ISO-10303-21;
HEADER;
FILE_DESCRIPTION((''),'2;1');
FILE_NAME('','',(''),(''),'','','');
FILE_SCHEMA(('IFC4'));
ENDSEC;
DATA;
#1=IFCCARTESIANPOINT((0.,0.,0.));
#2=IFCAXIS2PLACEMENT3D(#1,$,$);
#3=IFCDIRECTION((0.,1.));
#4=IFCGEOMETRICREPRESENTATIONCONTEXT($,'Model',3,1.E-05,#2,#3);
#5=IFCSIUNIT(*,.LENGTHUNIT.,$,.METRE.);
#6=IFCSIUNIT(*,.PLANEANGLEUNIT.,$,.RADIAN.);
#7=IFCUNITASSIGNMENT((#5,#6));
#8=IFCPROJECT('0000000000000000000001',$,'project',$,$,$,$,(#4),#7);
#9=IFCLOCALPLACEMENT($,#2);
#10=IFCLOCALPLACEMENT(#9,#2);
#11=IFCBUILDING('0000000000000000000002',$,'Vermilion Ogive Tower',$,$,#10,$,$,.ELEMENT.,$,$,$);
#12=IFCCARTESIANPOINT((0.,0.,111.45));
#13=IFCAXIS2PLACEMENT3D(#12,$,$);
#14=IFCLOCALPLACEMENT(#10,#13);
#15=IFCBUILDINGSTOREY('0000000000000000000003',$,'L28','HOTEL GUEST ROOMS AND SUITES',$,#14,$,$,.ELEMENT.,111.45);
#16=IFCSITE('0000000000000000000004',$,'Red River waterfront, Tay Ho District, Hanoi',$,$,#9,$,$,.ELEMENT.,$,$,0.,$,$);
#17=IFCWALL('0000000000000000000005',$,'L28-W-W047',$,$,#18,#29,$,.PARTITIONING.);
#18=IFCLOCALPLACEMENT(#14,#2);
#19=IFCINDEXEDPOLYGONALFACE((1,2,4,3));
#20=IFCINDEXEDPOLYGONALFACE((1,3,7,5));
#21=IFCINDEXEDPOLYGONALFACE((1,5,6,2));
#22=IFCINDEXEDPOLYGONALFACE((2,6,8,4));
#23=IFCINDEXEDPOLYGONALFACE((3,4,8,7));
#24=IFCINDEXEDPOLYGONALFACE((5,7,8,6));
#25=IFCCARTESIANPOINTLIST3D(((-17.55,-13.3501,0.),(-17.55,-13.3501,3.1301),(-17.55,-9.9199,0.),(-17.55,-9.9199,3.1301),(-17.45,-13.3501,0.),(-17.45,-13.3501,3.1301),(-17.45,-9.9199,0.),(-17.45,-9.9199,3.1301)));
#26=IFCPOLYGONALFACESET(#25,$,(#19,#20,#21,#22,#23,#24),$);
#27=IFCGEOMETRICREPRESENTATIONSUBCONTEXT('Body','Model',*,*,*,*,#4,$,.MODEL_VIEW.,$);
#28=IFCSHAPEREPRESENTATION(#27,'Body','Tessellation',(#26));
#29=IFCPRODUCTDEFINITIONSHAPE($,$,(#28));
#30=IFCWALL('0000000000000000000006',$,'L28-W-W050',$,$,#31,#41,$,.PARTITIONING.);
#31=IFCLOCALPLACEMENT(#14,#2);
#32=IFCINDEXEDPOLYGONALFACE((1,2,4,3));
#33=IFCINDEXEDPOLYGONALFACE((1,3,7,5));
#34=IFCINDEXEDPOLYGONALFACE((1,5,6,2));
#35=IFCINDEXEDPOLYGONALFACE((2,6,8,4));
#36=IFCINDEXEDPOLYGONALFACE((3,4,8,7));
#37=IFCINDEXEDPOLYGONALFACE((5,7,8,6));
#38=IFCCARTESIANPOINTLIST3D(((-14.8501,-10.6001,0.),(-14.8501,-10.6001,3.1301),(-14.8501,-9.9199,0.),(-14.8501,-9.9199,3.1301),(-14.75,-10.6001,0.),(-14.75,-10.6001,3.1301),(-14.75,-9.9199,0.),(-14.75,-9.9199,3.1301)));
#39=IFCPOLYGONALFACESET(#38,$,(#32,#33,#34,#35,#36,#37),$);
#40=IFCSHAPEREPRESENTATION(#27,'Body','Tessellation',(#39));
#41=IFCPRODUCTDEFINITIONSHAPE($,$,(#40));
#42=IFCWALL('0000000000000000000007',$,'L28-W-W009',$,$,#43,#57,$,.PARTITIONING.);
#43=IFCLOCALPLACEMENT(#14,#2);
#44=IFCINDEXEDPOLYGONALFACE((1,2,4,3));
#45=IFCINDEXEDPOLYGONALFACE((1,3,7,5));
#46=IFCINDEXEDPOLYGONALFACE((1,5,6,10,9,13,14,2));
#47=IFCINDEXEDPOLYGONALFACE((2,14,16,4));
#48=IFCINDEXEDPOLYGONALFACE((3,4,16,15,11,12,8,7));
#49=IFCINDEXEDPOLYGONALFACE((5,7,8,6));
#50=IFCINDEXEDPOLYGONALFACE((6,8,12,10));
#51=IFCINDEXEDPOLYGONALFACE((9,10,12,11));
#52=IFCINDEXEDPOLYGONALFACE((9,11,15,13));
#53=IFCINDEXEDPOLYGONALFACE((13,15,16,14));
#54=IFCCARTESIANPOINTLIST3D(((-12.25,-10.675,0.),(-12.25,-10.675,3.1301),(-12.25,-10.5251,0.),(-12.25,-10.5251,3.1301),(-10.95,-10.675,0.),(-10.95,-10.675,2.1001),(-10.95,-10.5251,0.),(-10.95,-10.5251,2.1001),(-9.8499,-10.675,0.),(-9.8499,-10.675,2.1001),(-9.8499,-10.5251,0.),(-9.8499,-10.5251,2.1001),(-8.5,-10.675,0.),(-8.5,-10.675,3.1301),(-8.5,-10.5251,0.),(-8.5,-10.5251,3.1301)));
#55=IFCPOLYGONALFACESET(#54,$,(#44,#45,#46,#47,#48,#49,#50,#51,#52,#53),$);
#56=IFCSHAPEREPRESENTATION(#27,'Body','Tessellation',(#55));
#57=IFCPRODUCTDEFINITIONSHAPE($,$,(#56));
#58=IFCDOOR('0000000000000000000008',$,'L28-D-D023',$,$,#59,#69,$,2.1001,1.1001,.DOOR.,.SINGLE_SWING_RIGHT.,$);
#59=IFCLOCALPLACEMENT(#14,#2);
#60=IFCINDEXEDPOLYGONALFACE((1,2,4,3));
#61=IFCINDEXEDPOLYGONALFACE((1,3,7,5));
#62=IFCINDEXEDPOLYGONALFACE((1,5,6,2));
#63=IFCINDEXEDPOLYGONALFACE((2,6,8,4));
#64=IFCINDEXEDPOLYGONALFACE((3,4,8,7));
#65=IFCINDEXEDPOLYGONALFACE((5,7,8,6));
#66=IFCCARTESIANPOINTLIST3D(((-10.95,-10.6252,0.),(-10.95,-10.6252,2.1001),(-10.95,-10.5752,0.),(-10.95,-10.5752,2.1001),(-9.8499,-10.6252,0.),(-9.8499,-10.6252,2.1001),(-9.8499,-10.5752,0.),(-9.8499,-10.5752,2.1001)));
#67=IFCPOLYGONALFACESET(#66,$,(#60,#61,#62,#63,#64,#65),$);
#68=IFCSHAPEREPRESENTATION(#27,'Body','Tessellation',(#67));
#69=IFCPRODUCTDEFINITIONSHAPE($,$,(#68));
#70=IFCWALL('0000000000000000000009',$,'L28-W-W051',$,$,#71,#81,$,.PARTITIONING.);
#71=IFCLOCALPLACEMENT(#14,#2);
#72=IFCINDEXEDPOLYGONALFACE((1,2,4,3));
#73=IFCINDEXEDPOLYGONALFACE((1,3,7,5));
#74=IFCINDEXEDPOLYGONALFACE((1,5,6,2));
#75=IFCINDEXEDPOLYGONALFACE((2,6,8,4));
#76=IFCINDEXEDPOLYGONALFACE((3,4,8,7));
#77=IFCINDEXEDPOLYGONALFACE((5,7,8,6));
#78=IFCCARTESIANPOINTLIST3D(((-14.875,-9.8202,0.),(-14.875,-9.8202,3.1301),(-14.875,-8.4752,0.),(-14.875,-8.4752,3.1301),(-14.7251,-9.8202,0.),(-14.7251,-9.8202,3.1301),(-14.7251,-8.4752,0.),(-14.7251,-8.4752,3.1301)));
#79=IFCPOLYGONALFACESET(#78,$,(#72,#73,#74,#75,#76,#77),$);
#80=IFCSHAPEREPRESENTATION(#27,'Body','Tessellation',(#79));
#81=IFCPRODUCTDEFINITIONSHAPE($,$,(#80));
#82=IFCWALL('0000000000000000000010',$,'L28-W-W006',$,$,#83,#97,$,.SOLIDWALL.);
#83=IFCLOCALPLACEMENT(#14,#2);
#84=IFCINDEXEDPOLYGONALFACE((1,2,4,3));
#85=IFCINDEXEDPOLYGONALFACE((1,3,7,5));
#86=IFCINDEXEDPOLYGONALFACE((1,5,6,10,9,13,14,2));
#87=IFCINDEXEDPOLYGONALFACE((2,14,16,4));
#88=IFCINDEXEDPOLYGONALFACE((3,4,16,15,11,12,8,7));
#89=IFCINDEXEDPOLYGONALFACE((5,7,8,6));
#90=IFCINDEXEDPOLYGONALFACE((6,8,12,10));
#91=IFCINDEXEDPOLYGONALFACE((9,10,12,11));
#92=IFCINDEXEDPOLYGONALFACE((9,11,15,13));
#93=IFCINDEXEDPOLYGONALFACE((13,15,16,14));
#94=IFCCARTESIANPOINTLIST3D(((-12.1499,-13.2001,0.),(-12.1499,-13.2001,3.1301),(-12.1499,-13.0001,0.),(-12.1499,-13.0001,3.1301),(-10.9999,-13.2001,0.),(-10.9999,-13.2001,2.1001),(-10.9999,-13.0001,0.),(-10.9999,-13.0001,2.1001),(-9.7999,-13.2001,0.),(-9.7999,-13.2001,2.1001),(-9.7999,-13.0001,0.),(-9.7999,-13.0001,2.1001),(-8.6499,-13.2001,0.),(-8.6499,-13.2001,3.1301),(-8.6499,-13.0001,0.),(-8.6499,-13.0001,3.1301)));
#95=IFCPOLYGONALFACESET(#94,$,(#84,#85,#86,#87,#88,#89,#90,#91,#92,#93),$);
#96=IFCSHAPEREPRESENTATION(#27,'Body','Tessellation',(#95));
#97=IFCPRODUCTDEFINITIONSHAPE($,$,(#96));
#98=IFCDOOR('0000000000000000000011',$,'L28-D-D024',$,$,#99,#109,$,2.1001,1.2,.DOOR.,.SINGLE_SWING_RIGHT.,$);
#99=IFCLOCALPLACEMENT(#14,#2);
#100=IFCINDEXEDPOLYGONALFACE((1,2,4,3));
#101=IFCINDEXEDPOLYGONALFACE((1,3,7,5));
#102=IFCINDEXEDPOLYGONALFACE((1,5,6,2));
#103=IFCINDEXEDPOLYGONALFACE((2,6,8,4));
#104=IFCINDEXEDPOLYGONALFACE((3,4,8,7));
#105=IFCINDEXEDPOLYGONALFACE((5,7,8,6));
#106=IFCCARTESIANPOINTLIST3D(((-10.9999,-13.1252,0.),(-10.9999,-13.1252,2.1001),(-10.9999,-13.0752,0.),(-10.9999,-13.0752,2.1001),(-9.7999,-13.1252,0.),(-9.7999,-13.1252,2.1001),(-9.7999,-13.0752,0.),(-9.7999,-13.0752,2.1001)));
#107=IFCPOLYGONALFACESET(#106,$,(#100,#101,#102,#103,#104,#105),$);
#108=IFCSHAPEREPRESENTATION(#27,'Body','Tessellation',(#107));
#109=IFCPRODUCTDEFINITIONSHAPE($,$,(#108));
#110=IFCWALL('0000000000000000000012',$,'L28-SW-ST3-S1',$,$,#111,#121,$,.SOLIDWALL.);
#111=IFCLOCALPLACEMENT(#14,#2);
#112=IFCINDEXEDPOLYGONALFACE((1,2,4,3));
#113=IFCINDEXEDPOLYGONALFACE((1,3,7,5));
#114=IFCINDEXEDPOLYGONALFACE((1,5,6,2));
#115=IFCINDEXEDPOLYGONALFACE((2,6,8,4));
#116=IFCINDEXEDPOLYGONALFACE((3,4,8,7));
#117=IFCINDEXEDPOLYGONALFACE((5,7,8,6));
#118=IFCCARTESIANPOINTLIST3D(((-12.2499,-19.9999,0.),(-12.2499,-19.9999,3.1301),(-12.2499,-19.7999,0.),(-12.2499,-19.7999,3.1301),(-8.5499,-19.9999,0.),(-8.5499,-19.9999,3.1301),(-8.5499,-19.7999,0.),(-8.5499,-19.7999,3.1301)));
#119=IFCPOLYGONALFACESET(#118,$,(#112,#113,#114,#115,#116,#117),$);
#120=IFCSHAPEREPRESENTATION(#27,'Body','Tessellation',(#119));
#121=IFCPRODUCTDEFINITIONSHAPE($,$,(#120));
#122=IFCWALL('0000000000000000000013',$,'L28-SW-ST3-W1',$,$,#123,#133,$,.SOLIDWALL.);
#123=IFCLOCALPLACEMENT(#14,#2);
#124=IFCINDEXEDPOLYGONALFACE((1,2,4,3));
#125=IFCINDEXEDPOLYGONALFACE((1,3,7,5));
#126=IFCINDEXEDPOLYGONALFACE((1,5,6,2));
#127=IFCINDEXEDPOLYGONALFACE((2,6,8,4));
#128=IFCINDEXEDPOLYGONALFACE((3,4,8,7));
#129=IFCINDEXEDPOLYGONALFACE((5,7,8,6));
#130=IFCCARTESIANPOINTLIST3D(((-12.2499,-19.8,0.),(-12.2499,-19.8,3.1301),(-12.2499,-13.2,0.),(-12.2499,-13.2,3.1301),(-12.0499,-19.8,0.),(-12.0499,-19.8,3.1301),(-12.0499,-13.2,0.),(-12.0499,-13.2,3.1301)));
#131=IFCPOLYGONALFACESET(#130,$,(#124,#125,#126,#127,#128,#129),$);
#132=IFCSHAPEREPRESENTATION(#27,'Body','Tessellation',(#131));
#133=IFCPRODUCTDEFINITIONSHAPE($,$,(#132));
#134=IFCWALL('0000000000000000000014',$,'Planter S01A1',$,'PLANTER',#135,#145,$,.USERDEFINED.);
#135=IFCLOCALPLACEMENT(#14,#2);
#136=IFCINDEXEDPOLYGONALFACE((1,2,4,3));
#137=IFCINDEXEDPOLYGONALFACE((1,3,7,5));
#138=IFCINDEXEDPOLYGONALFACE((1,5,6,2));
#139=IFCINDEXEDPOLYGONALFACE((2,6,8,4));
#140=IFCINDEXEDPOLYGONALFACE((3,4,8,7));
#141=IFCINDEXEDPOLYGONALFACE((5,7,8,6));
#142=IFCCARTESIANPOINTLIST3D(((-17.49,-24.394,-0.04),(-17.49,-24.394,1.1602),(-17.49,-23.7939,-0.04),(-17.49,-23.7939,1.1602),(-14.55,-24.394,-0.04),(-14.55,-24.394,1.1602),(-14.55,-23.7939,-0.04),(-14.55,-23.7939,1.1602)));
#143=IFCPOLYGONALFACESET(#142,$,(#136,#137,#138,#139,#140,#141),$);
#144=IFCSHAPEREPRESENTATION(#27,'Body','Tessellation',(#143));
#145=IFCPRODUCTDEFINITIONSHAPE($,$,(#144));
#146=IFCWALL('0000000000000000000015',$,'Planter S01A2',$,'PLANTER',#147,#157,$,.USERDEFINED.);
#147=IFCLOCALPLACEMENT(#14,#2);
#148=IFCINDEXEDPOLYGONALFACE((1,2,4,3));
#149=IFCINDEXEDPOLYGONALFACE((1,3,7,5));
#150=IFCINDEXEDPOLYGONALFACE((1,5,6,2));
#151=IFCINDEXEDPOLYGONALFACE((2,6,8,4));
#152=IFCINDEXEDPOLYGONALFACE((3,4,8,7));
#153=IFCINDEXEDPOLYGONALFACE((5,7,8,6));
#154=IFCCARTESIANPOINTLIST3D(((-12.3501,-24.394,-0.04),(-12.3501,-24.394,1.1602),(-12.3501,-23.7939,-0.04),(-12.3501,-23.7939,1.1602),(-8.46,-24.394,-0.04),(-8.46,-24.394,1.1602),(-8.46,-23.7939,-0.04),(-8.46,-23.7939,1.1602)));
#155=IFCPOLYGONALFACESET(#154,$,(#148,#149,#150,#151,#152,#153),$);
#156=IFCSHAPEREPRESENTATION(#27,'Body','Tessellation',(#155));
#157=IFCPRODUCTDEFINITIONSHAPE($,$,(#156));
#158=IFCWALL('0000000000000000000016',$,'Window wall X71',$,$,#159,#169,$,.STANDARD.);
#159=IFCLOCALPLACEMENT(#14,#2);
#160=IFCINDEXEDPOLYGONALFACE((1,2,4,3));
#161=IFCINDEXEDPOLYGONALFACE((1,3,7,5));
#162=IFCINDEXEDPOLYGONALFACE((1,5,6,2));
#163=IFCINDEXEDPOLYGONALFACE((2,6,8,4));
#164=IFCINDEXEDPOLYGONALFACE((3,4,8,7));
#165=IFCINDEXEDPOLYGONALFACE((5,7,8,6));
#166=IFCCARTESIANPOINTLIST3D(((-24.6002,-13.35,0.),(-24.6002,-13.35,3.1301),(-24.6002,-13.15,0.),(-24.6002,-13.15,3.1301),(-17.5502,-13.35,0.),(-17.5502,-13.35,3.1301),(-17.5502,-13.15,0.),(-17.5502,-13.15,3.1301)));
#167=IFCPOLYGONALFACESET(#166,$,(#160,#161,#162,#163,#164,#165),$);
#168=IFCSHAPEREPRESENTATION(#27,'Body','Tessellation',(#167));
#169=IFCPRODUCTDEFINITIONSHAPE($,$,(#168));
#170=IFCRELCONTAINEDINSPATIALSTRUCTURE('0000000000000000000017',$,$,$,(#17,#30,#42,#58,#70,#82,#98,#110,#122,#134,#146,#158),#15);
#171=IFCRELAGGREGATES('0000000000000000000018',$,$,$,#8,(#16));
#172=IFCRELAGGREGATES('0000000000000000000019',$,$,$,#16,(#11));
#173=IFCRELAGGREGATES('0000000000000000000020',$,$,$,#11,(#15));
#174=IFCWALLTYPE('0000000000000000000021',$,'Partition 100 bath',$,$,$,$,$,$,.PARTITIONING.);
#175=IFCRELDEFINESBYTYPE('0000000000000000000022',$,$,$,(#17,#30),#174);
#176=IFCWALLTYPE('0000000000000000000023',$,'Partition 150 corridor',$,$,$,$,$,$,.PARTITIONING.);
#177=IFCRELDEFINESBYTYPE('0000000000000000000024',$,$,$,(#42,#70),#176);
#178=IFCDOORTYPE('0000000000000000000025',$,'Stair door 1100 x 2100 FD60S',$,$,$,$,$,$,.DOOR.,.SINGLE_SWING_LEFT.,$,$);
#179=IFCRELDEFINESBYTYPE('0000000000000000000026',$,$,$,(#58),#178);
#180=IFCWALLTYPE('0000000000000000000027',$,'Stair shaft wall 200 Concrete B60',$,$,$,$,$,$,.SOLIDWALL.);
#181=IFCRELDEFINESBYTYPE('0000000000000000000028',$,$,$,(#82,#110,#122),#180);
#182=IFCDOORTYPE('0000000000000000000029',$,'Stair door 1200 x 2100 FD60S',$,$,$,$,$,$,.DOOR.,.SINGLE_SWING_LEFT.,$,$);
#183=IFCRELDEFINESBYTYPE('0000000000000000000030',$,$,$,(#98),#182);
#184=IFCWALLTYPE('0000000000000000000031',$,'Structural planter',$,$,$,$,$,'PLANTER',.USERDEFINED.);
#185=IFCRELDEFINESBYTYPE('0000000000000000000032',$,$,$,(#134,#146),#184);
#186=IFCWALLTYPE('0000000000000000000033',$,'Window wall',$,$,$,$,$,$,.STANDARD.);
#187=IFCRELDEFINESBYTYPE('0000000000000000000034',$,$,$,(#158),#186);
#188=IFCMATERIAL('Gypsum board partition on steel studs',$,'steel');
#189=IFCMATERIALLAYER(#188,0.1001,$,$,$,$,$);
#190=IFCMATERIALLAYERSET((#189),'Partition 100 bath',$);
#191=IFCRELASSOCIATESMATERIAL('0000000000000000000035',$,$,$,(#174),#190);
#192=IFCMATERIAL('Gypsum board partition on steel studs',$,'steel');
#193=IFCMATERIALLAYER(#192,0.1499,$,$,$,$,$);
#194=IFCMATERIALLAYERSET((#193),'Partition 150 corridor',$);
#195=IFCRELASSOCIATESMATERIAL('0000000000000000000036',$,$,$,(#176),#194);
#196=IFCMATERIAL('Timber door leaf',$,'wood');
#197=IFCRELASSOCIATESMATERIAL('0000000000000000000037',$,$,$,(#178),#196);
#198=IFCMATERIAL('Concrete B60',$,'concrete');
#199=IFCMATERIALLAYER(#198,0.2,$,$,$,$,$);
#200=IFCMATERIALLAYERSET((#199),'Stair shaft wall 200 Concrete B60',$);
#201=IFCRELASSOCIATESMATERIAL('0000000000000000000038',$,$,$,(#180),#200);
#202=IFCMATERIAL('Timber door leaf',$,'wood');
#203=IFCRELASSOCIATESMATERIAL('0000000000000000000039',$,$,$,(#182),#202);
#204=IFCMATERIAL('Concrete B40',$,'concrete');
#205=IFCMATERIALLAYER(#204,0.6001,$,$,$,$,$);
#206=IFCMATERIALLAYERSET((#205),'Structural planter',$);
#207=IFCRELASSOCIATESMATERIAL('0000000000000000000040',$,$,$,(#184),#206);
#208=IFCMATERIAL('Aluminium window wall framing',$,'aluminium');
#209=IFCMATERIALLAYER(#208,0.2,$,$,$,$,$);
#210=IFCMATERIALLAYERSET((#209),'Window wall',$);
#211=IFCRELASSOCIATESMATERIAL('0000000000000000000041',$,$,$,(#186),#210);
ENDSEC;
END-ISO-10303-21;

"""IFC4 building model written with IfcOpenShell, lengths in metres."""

from ifc_helpers import new_model, si_unit, direction, frame, frame_2d, origin, place, context, subcontext, project, spatial, rectangle, extrude, material, layer, layer_set, type_object, element, fill, save


model = new_model("IFC4")

# Units and contexts
model_context = context("Model", 3, precision=1e-05, world=origin(), true_north=direction((0.0, 1.0)))
body_context = subcontext(model_context, "Body", "Model", "MODEL_VIEW")
ifc_project = project(units=[si_unit("LENGTHUNIT", "METRE"), si_unit("PLANEANGLEUNIT", "RADIAN")], contexts=[model_context])

# Site, building, storey
site_placement = place(None, origin())
site = spatial("IfcSite", under=ifc_project, at=site_placement, Name="Red River waterfront, Tay Ho District, Hanoi", CompositionType="ELEMENT", RefElevation=0.0)
building_placement = place(site_placement, origin())
building = spatial("IfcBuilding", under=site, at=building_placement, Name="Vermilion Ogive Tower", CompositionType="ELEMENT")
storey_placement = place(building_placement, frame((0.0, 0.0, 111.45)))
storey = spatial("IfcBuildingStorey", under=building, at=storey_placement, Name="L28", Description="HOTEL GUEST ROOMS AND SUITES", CompositionType="ELEMENT", Elevation=111.45)

# Shared definitions
ifc_material_1 = material(Name="Gypsum board partition on steel studs", Category="steel")
ifc_layer_1 = layer(ifc_material_1, 0.1001)
ifc_layer_set_1 = layer_set([ifc_layer_1], Name="Partition 100 bath")
wall_type_1 = type_object("IfcWallType", Name="Partition 100 bath", PredefinedType="PARTITIONING", material=ifc_layer_set_1)

# Walls
wall_1_placement = place(storey_placement, frame((-17.5, -13.3501, 0.0), z_axis=(0.0, 0.0, 1.0), x_axis=(0.0, 1.0, 0.0)))
element("IfcWall", 1, at=wall_1_placement, inside=storey, type_object=wall_type_1, Name="L28-W-W047", PredefinedType="PARTITIONING", context=body_context, shape_type="SweptSolid", body=[
    extrude(rectangle(XDim=3.4302, YDim=0.1001, at=frame_2d((1.7151, 0.0))), origin(), (0.0, 0.0, 1.0), 3.1301),
])
wall_2_placement = place(storey_placement, frame((-14.8, -10.6001, 0.0), z_axis=(0.0, 0.0, 1.0), x_axis=(0.0, 1.0, 0.0)))
element("IfcWall", 2, at=wall_2_placement, inside=storey, type_object=wall_type_1, Name="L28-W-W050", PredefinedType="PARTITIONING", context=body_context, shape_type="SweptSolid", body=[
    extrude(rectangle(XDim=0.6802, YDim=0.1001, at=frame_2d((0.3401, 0.0))), origin(), (0.0, 0.0, 1.0), 3.1301),
])

# Wall, opening, door
ifc_material_2 = material(Name="Gypsum board partition on steel studs", Category="steel")
ifc_layer_2 = layer(ifc_material_2, 0.1499)
ifc_layer_set_2 = layer_set([ifc_layer_2], Name="Partition 150 corridor")
wall_type_2 = type_object("IfcWallType", Name="Partition 150 corridor", PredefinedType="PARTITIONING", material=ifc_layer_set_2)
wall_3_placement = place(storey_placement, frame((-12.25, -10.6001, 0.0), z_axis=(0.0, 0.0, 1.0), x_axis=(1.0, 0.0, 0.0)))
wall_3 = element("IfcWall", 3, at=wall_3_placement, inside=storey, type_object=wall_type_2, Name="L28-W-W009", PredefinedType="PARTITIONING", context=body_context, shape_type="SweptSolid", body=[
    extrude(rectangle(XDim=3.75, YDim=0.1499, at=frame_2d((1.875, 0.0))), origin(), (0.0, 0.0, 1.0), 3.1301),
])
opening_1_placement = place(wall_3_placement, frame((1.3, 0.0, 0.0)))
opening_1 = element("IfcOpeningElement", 4, at=opening_1_placement, cuts=wall_3, PredefinedType="OPENING", context=body_context, shape_type="SweptSolid", body=[
    extrude(rectangle(XDim=1.1001, YDim=2.1001, at=frame_2d((0.55, 1.05))), frame((0.0, 0.085, 0.0), z_axis=(0.0, -1.0, 0.0), x_axis=(1.0, 0.0, 0.0)), (0.0, 0.0, 1.0), 0.1699),
])
ifc_material_3 = material(Name="Timber door leaf", Category="wood")
door_type_1 = type_object("IfcDoorType", Name="Stair door 1100 x 2100 FD60S", OperationType="SINGLE_SWING_LEFT", PredefinedType="DOOR", material=ifc_material_3)
door_1_placement = place(opening_1_placement, origin())
door_1 = element("IfcDoor", 5, at=door_1_placement, inside=storey, type_object=door_type_1, Name="L28-D-D023", OperationType="SINGLE_SWING_RIGHT", OverallHeight=2.1001, OverallWidth=1.1001, PredefinedType="DOOR", context=body_context, shape_type="SweptSolid", body=[
    extrude(rectangle(XDim=1.1001, YDim=2.1001, at=frame_2d((0.55, 1.05))), frame((0.0, 0.0249, 0.0), z_axis=(0.0, -1.0, 0.0), x_axis=(1.0, 0.0, 0.0)), (0.0, 0.0, 1.0), 0.05),
])
fill(opening_1, door_1)

# Wall
wall_4_placement = place(storey_placement, frame((-14.8, -9.8201, 0.0), z_axis=(0.0, 0.0, 1.0), x_axis=(0.0, 1.0, 0.0)))
element("IfcWall", 6, at=wall_4_placement, inside=storey, type_object=wall_type_2, Name="L28-W-W051", PredefinedType="PARTITIONING", context=body_context, shape_type="SweptSolid", body=[
    extrude(rectangle(XDim=1.345, YDim=0.1499, at=frame_2d((0.6724, 0.0))), origin(), (0.0, 0.0, 1.0), 3.1301),
])

# Wall, opening, door
ifc_material_4 = material(Name="Concrete B60", Category="concrete")
ifc_layer_3 = layer(ifc_material_4, 0.2)
ifc_layer_set_3 = layer_set([ifc_layer_3], Name="Stair shaft wall 200 Concrete B60")
wall_type_3 = type_object("IfcWallType", Name="Stair shaft wall 200 Concrete B60", PredefinedType="SOLIDWALL", material=ifc_layer_set_3)
wall_5_placement = place(storey_placement, frame((-12.1499, -13.1001, 0.0), z_axis=(0.0, 0.0, 1.0), x_axis=(1.0, 0.0, 0.0)))
wall_5 = element("IfcWall", 7, at=wall_5_placement, inside=storey, type_object=wall_type_3, Name="L28-W-W006", PredefinedType="SOLIDWALL", context=body_context, shape_type="SweptSolid", body=[
    extrude(rectangle(XDim=3.5, YDim=0.2, at=frame_2d((1.75, 0.0))), origin(), (0.0, 0.0, 1.0), 3.1301),
])
opening_2_placement = place(wall_5_placement, frame((1.1499, 0.0, 0.0)))
opening_2 = element("IfcOpeningElement", 8, at=opening_2_placement, cuts=wall_5, PredefinedType="OPENING", context=body_context, shape_type="SweptSolid", body=[
    extrude(rectangle(XDim=1.2, YDim=2.1001, at=frame_2d((0.6001, 1.05))), frame((0.0, 0.1099, 0.0), z_axis=(0.0, -1.0, 0.0), x_axis=(1.0, 0.0, 0.0)), (0.0, 0.0, 1.0), 0.22),
])
ifc_material_5 = material(Name="Timber door leaf", Category="wood")
door_type_2 = type_object("IfcDoorType", Name="Stair door 1200 x 2100 FD60S", OperationType="SINGLE_SWING_LEFT", PredefinedType="DOOR", material=ifc_material_5)
door_2_placement = place(opening_2_placement, origin())
door_2 = element("IfcDoor", 9, at=door_2_placement, inside=storey, type_object=door_type_2, Name="L28-D-D024", OperationType="SINGLE_SWING_RIGHT", OverallHeight=2.1001, OverallWidth=1.2, PredefinedType="DOOR", context=body_context, shape_type="SweptSolid", body=[
    extrude(rectangle(XDim=1.2, YDim=2.1001, at=frame_2d((0.6001, 1.05))), frame((0.0, 0.0249, 0.0), z_axis=(0.0, -1.0, 0.0), x_axis=(1.0, 0.0, 0.0)), (0.0, 0.0, 1.0), 0.05),
])
fill(opening_2, door_2)

# Walls
wall_6_placement = place(storey_placement, frame((-12.25, -19.8999, 0.0), z_axis=(0.0, 0.0, 1.0), x_axis=(1.0, 0.0, 0.0)))
element("IfcWall", 10, at=wall_6_placement, inside=storey, type_object=wall_type_3, Name="L28-SW-ST3-S1", PredefinedType="SOLIDWALL", context=body_context, shape_type="SweptSolid", body=[
    extrude(rectangle(XDim=3.7, YDim=0.2, at=frame_2d((1.8501, 0.0))), origin(), (0.0, 0.0, 1.0), 3.1301),
])
wall_7_placement = place(storey_placement, frame((-12.1499, -19.8, 0.0), z_axis=(0.0, 0.0, 1.0), x_axis=(0.0, 1.0, 0.0)))
element("IfcWall", 11, at=wall_7_placement, inside=storey, type_object=wall_type_3, Name="L28-SW-ST3-W1", PredefinedType="SOLIDWALL", context=body_context, shape_type="SweptSolid", body=[
    extrude(rectangle(XDim=6.6001, YDim=0.2, at=frame_2d((3.3, 0.0))), origin(), (0.0, 0.0, 1.0), 3.1301),
])
ifc_material_6 = material(Name="Concrete B40", Category="concrete")
ifc_layer_4 = layer(ifc_material_6, 0.6001)
ifc_layer_set_4 = layer_set([ifc_layer_4], Name="Structural planter")
wall_type_4 = type_object("IfcWallType", Name="Structural planter", ElementType="PLANTER", PredefinedType="USERDEFINED", material=ifc_layer_set_4)
wall_8_placement = place(storey_placement, frame((-17.49, -24.094, -0.04), z_axis=(0.0, 0.0, 1.0), x_axis=(1.0, 0.0, 0.0)))
element("IfcWall", 12, at=wall_8_placement, inside=storey, type_object=wall_type_4, Name="Planter S01A1", ObjectType="PLANTER", PredefinedType="USERDEFINED", context=body_context, shape_type="SweptSolid", body=[
    extrude(rectangle(XDim=2.9399, YDim=0.6001, at=frame_2d((1.47, 0.0))), origin(), (0.0, 0.0, 1.0), 1.2002),
])
wall_9_placement = place(storey_placement, frame((-12.3501, -24.094, -0.04), z_axis=(0.0, 0.0, 1.0), x_axis=(1.0, 0.0, 0.0)))
element("IfcWall", 13, at=wall_9_placement, inside=storey, type_object=wall_type_4, Name="Planter S01A2", ObjectType="PLANTER", PredefinedType="USERDEFINED", context=body_context, shape_type="SweptSolid", body=[
    extrude(rectangle(XDim=3.8901, YDim=0.6001, at=frame_2d((1.9451, 0.0))), origin(), (0.0, 0.0, 1.0), 1.2002),
])

# Shared definitions
ifc_material_7 = material(Name="Aluminium window wall framing", Category="aluminium")
ifc_layer_5 = layer(ifc_material_7, 0.2)
ifc_layer_set_5 = layer_set([ifc_layer_5], Name="Window wall")
wall_type_5 = type_object("IfcWallType", Name="Window wall", PredefinedType="STANDARD", material=ifc_layer_set_5)

# Wall
wall_10_placement = place(storey_placement, frame((-24.6001, -13.25, 0.0), z_axis=(0.0, 0.0, 1.0), x_axis=(1.0, 0.0, 0.0)))
element("IfcWall", 14, at=wall_10_placement, inside=storey, type_object=wall_type_5, Name="Window wall X71", PredefinedType="STANDARD", context=body_context, shape_type="SweptSolid", body=[
    extrude(rectangle(XDim=7.05, YDim=0.2, at=frame_2d((3.5249, 0.0))), origin(), (0.0, 0.0, 1.0), 3.1301),
])

save(model, "model.ifc")
